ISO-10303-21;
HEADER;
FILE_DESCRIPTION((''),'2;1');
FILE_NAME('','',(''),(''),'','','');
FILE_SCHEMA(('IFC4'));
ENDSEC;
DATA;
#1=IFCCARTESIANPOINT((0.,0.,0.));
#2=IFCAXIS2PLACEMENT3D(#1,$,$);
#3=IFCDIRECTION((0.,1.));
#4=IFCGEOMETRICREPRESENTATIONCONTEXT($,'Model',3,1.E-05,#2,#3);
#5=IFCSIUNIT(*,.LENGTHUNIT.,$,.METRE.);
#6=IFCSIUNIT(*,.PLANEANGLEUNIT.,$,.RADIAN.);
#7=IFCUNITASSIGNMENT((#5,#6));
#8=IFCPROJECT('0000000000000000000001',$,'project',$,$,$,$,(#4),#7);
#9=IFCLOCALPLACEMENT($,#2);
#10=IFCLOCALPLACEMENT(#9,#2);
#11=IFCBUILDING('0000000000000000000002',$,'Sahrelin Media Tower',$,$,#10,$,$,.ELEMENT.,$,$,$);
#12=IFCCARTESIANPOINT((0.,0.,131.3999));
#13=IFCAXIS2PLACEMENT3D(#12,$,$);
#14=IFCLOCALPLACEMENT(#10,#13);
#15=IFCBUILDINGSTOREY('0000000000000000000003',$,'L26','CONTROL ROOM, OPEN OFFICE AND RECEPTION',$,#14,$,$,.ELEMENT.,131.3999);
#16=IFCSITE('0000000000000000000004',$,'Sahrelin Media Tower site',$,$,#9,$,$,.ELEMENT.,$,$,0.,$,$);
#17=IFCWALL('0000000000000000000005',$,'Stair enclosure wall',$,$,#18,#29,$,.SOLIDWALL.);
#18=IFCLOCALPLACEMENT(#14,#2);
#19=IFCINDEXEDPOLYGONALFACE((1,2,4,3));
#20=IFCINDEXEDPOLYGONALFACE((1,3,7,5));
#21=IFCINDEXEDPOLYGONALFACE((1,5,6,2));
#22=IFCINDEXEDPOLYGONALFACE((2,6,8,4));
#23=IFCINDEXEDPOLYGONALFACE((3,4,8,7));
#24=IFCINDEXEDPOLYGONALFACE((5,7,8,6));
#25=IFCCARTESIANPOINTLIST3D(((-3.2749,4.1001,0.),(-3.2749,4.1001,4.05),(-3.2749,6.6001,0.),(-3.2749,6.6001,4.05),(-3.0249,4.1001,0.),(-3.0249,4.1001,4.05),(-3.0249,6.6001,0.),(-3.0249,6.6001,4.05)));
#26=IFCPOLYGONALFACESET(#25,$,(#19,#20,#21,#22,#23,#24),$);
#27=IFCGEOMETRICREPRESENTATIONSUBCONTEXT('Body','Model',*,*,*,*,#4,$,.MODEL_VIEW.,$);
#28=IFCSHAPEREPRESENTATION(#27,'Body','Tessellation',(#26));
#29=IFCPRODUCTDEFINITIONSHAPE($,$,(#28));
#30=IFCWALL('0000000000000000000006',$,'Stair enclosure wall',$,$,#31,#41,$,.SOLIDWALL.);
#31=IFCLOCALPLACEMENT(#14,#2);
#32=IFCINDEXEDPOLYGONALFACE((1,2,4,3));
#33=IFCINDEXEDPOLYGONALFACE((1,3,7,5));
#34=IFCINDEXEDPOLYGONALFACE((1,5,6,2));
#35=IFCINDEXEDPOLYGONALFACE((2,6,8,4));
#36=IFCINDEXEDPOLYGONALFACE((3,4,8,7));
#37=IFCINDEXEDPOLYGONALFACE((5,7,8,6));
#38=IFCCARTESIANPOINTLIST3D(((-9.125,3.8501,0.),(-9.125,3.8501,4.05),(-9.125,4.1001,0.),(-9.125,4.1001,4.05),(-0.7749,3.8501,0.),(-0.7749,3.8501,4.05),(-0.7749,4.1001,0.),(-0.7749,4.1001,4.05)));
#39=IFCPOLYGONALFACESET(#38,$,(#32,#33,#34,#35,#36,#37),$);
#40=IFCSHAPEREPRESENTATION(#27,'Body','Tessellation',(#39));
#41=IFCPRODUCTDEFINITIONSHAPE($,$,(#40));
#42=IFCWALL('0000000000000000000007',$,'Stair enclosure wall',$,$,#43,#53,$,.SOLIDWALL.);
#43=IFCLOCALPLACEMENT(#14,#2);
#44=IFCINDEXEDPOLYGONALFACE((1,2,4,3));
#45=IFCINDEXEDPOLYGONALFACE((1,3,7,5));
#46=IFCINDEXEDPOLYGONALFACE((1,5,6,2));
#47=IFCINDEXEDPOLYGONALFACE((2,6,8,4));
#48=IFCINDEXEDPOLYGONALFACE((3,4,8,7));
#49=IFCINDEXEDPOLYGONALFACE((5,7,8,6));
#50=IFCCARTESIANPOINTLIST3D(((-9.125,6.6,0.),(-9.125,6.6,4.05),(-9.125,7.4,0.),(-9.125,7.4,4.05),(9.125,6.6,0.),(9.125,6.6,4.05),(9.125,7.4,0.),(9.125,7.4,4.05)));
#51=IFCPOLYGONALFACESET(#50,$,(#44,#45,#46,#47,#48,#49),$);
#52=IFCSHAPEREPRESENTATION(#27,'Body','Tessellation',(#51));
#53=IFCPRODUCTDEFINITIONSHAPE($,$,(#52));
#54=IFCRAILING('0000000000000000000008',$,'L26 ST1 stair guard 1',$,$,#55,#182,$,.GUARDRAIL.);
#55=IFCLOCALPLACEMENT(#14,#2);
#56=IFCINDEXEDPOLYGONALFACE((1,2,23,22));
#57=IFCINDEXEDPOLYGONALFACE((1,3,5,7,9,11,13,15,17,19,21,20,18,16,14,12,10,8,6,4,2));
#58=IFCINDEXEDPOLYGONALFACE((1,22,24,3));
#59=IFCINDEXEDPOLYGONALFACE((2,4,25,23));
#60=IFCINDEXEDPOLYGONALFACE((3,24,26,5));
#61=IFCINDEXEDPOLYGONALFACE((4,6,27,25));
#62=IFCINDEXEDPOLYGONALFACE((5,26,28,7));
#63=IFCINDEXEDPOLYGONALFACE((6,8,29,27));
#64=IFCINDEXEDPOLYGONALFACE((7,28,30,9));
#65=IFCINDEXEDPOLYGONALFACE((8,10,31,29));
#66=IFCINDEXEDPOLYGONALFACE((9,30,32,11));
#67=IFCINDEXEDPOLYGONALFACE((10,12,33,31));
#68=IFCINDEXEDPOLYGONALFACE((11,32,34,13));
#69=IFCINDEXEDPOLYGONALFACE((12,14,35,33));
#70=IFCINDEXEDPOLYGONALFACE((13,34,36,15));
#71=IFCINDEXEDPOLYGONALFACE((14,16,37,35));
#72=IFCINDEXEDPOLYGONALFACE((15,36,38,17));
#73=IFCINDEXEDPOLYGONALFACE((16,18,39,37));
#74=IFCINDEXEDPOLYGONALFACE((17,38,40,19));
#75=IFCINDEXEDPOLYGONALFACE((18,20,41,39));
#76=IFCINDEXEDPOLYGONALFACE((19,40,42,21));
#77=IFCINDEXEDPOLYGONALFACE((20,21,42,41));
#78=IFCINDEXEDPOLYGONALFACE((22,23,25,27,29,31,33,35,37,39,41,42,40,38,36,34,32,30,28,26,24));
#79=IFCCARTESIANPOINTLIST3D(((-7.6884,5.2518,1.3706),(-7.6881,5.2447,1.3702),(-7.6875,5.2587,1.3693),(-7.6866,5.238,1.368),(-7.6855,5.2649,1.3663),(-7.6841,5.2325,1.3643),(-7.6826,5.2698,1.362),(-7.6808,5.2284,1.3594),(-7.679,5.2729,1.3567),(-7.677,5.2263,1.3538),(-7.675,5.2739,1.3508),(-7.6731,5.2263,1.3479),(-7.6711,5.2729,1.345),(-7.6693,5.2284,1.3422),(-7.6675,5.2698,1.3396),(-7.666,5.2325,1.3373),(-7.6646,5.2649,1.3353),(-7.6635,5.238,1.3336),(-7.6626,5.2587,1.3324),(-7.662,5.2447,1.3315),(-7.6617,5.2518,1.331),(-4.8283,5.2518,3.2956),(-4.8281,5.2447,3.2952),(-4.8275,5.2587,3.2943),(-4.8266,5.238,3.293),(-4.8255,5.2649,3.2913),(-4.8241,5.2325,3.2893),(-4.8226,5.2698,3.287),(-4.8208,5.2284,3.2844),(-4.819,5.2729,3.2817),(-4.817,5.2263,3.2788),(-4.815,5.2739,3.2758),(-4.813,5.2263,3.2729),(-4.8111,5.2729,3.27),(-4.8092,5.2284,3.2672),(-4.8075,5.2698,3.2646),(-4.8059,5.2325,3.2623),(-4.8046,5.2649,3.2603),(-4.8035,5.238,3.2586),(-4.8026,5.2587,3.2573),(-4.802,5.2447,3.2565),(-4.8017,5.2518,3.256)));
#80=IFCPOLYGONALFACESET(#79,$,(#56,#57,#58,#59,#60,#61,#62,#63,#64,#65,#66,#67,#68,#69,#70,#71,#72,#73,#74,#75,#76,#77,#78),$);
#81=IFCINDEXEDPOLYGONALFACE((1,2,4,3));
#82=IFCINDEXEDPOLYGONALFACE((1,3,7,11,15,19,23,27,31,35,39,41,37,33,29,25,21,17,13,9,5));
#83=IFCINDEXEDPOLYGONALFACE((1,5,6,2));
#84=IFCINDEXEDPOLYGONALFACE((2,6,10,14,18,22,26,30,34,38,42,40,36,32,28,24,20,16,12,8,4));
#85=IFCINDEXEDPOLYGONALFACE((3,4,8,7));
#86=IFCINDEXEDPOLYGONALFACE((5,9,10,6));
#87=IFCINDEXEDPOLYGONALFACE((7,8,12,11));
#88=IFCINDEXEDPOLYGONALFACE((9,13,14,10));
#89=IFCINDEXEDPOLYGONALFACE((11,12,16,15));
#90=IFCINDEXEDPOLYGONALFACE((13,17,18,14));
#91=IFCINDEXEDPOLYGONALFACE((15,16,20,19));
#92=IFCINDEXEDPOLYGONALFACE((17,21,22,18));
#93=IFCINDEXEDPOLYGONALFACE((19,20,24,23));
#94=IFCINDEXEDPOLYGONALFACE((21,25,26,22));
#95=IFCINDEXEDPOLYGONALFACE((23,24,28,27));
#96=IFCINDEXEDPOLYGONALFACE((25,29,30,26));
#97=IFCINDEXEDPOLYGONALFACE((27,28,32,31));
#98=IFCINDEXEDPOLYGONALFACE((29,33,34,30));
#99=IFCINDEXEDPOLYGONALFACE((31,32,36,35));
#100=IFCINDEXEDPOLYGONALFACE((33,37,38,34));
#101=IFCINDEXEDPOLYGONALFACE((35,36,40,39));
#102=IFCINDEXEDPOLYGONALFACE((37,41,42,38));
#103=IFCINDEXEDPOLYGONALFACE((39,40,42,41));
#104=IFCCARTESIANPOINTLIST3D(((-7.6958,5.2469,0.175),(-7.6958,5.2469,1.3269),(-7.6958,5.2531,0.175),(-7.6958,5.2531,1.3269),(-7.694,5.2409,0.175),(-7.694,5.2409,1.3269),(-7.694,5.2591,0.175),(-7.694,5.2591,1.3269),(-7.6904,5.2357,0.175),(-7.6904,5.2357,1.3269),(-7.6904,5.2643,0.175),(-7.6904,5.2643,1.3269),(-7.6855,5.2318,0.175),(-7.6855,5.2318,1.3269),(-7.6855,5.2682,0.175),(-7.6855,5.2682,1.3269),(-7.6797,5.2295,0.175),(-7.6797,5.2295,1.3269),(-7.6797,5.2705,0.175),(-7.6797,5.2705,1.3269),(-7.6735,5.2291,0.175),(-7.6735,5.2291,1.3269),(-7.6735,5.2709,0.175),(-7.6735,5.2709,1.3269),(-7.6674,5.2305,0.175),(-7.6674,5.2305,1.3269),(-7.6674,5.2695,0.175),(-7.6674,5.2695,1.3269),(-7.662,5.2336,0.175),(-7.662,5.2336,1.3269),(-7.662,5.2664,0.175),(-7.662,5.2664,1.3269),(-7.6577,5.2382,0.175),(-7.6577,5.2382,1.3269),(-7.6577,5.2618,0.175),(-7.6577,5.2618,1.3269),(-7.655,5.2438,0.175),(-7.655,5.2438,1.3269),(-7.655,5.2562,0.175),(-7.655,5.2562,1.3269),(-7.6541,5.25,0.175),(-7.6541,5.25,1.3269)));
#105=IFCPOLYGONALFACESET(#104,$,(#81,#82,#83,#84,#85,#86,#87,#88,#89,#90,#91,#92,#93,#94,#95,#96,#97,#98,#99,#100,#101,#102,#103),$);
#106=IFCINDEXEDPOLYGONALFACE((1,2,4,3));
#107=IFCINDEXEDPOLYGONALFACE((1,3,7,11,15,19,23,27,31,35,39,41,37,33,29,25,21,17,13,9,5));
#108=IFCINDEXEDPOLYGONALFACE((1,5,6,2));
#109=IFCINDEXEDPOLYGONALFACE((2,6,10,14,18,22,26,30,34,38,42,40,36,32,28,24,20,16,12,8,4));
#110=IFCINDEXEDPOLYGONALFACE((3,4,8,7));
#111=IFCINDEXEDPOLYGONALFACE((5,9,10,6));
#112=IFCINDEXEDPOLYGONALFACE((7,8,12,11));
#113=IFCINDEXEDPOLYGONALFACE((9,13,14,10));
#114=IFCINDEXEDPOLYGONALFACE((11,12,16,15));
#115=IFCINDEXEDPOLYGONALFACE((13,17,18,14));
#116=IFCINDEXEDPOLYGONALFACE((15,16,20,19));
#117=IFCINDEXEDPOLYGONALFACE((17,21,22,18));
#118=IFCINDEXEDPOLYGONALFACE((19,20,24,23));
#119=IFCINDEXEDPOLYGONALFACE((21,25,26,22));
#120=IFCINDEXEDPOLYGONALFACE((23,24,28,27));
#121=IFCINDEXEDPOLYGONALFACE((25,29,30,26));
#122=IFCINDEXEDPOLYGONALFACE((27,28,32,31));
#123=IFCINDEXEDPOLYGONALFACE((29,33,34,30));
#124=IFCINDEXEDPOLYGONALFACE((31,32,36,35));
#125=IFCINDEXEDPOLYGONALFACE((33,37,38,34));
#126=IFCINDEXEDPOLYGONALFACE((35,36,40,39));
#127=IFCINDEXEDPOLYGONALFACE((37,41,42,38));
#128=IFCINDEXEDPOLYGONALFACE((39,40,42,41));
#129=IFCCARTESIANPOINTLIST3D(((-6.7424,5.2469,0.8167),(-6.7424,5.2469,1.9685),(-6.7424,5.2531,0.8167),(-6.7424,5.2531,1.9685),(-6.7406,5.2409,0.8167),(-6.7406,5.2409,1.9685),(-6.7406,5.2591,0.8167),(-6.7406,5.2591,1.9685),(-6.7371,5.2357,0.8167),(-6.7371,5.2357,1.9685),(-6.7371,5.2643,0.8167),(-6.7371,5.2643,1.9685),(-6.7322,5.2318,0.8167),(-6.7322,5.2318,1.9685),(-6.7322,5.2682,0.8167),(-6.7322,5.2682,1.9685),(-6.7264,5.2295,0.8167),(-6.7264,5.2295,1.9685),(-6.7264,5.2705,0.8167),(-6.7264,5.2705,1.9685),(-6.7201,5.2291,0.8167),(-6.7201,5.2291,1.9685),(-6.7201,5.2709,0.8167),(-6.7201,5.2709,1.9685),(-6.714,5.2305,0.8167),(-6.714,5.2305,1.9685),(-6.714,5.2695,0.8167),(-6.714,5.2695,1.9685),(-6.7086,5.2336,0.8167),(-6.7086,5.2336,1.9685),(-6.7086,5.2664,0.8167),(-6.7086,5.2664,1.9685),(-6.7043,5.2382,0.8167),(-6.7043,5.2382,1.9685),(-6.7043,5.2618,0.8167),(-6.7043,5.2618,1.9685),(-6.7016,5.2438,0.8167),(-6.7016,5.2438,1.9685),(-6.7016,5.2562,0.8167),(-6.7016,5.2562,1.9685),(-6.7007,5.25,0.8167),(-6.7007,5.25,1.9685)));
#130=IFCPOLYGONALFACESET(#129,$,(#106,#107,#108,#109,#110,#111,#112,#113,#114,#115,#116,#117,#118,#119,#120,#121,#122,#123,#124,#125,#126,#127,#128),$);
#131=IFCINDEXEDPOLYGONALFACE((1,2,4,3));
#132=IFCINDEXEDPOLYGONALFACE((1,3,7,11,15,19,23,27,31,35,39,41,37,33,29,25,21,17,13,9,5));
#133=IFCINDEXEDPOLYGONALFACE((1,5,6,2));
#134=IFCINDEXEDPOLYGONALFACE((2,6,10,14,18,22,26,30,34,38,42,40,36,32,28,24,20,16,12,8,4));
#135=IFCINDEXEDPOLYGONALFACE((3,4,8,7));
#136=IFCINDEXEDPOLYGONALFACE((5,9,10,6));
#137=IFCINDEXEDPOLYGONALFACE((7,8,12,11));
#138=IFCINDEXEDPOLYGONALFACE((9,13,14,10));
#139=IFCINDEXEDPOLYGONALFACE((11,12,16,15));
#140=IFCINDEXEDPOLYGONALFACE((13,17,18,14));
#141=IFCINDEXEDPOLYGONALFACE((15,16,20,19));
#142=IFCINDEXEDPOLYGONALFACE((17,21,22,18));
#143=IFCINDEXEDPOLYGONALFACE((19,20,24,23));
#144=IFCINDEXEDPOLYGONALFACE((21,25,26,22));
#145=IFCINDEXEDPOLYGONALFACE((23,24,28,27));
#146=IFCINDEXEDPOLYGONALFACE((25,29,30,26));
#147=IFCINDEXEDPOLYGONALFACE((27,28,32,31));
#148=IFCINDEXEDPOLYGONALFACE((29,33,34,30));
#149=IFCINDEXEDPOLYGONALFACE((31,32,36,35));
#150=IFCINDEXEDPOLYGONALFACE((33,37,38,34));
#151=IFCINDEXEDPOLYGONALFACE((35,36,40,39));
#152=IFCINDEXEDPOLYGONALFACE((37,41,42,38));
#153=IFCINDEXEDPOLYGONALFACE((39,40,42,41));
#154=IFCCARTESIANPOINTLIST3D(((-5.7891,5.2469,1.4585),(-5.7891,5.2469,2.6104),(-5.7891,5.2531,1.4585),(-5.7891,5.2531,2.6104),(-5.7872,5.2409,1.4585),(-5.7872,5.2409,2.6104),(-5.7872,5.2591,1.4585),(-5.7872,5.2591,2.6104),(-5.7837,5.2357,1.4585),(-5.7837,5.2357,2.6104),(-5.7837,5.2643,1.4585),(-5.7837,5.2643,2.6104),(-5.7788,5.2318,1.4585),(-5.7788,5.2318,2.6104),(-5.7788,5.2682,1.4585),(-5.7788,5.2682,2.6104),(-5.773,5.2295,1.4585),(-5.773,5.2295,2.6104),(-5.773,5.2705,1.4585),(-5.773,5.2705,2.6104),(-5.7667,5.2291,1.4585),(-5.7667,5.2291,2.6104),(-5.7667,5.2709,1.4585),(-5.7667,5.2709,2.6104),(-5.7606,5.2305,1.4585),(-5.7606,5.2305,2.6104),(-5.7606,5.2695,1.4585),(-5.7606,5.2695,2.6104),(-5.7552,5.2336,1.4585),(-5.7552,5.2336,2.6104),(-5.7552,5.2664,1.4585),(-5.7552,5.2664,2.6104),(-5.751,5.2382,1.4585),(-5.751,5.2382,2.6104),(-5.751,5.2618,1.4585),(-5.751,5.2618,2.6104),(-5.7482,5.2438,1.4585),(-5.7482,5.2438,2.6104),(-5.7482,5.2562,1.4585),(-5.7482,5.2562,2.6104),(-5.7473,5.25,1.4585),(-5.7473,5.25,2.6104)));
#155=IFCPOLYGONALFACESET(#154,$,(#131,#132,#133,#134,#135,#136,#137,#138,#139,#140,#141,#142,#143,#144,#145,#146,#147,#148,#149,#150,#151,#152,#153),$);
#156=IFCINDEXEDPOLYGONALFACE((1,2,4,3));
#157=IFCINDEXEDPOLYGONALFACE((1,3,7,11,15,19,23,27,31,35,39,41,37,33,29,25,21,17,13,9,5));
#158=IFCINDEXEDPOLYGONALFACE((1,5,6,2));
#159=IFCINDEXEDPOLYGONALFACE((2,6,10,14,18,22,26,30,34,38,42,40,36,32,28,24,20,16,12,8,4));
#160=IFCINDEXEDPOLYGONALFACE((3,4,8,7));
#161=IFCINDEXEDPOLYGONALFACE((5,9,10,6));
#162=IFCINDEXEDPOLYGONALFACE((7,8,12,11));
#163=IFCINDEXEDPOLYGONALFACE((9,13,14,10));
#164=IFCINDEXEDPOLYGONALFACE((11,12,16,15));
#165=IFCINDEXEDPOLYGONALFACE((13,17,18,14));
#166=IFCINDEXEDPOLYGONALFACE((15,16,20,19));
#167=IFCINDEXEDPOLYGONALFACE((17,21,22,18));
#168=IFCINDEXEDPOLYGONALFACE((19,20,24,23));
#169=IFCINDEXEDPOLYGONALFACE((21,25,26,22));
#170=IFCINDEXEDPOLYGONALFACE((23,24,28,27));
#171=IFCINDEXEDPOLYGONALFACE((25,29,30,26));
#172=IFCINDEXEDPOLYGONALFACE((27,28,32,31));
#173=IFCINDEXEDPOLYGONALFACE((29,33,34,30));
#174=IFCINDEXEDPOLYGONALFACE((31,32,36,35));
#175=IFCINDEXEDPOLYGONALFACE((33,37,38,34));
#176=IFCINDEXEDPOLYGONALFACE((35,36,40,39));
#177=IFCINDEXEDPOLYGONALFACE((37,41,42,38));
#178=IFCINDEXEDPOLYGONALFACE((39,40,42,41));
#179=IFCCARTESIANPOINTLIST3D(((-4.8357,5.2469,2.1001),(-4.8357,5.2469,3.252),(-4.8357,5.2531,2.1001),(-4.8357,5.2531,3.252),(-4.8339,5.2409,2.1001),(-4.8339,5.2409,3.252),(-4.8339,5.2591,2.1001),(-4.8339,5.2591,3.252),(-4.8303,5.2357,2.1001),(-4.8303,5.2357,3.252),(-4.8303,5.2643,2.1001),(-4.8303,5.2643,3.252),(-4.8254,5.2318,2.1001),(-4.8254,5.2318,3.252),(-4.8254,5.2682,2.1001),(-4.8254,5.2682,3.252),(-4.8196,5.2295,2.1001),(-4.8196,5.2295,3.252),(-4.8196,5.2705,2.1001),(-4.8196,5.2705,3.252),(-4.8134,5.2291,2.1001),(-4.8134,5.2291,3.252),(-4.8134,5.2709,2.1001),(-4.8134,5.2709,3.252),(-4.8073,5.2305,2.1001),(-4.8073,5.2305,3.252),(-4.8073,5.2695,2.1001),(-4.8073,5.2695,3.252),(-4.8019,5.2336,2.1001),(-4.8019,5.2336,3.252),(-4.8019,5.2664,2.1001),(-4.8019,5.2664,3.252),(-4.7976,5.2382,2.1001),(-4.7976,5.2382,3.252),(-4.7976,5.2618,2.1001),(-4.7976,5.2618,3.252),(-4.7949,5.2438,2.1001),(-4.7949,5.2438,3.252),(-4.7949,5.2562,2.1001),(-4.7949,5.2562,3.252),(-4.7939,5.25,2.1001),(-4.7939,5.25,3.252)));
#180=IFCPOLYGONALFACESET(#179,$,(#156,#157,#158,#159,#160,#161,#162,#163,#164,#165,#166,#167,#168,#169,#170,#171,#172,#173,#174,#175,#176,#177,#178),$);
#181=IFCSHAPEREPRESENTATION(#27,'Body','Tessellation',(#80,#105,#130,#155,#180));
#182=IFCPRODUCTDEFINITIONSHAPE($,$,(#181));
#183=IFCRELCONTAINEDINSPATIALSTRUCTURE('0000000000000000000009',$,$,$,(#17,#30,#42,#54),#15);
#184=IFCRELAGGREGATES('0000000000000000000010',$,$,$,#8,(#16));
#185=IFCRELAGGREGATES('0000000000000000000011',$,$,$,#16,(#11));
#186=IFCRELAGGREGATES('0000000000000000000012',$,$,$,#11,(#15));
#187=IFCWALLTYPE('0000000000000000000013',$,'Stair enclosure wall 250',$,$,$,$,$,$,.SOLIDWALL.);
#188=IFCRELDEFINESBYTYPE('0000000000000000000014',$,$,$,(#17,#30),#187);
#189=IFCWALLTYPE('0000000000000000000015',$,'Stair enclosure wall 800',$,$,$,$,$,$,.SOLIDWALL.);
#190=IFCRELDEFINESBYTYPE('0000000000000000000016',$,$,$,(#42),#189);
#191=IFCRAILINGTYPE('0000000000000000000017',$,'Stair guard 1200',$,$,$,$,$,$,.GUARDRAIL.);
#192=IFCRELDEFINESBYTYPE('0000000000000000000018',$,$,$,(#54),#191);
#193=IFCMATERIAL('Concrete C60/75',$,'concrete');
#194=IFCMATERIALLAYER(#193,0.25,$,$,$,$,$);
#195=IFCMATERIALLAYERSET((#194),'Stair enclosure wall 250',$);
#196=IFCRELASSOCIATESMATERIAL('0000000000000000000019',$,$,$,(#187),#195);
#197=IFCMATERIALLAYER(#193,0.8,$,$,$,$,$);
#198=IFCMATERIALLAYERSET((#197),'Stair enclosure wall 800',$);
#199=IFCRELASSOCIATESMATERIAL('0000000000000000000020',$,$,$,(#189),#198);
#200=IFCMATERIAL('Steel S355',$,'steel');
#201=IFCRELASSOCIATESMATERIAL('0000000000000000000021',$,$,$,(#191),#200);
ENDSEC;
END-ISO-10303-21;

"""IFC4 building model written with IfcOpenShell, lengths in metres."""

from ifc_helpers import new_model, si_unit, direction, frame, frame_2d, origin, origin_2d, place, context, subcontext, project, spatial, rectangle, circle, extrude, material, layer, layer_set, type_object, element, save


model = new_model("IFC4")

# Units and contexts
model_context = context("Model", 3, precision=1e-05, world=origin(), true_north=direction((0.0, 1.0)))
body_context = subcontext(model_context, "Body", "Model", "MODEL_VIEW")
ifc_project = project(units=[si_unit("LENGTHUNIT", "METRE"), si_unit("PLANEANGLEUNIT", "RADIAN")], contexts=[model_context])

# Site, building, storey
site_placement = place(None, origin())
site = spatial("IfcSite", under=ifc_project, at=site_placement, Name="Sahrelin Media Tower site", CompositionType="ELEMENT", RefElevation=0.0)
building_placement = place(site_placement, origin())
building = spatial("IfcBuilding", under=site, at=building_placement, Name="Sahrelin Media Tower", CompositionType="ELEMENT")
storey_placement = place(building_placement, frame((0.0, 0.0, 131.3999)))
storey = spatial("IfcBuildingStorey", under=building, at=storey_placement, Name="L26", Description="CONTROL ROOM, OPEN OFFICE AND RECEPTION", CompositionType="ELEMENT", Elevation=131.3999)

# Shared definitions
ifc_material_1 = material(Name="Steel S355", Category="steel")

# Shared definitions
ifc_material_2 = material(Name="Concrete C60/75", Category="concrete")

# Shared definitions
ifc_layer_1 = layer(ifc_material_2, 0.25)
ifc_layer_set_1 = layer_set([ifc_layer_1], Name="Stair enclosure wall 250")
wall_type_1 = type_object("IfcWallType", Name="Stair enclosure wall 250", PredefinedType="SOLIDWALL", material=ifc_layer_set_1)

# Walls
wall_1_placement = place(storey_placement, frame((-3.1499, 4.1001, 0.0), z_axis=(0.0, 0.0, 1.0), x_axis=(0.0, 1.0, 0.0)))
element("IfcWall", 1, at=wall_1_placement, inside=storey, type_object=wall_type_1, Name="Stair enclosure wall", PredefinedType="SOLIDWALL", context=body_context, shape_type="SweptSolid", body=[
    extrude(rectangle(XDim=2.5, YDim=0.25, at=frame_2d((1.25, 0.0))), origin(), (0.0, 0.0, 1.0), 4.05),
])
wall_2_placement = place(storey_placement, frame((-9.125, 3.9751, 0.0), z_axis=(0.0, 0.0, 1.0), x_axis=(1.0, 0.0, 0.0)))
element("IfcWall", 2, at=wall_2_placement, inside=storey, type_object=wall_type_1, Name="Stair enclosure wall", PredefinedType="SOLIDWALL", context=body_context, shape_type="SweptSolid", body=[
    extrude(rectangle(XDim=8.3501, YDim=0.25, at=frame_2d((4.175, 0.0))), origin(), (0.0, 0.0, 1.0), 4.05),
])
ifc_layer_2 = layer(ifc_material_2, 0.8)
ifc_layer_set_2 = layer_set([ifc_layer_2], Name="Stair enclosure wall 800")
wall_type_2 = type_object("IfcWallType", Name="Stair enclosure wall 800", PredefinedType="SOLIDWALL", material=ifc_layer_set_2)
wall_3_placement = place(storey_placement, frame((-9.125, 7.0, 0.0), z_axis=(0.0, 0.0, 1.0), x_axis=(1.0, 0.0, 0.0)))
element("IfcWall", 3, at=wall_3_placement, inside=storey, type_object=wall_type_2, Name="Stair enclosure wall", PredefinedType="SOLIDWALL", context=body_context, shape_type="SweptSolid", body=[
    extrude(rectangle(XDim=18.25, YDim=0.8, at=frame_2d((9.125, 0.0))), origin(), (0.0, 0.0, 1.0), 4.05),
])

# Railing
railing_type_1 = type_object("IfcRailingType", Name="Stair guard 1200", PredefinedType="GUARDRAIL", material=ifc_material_1)
railing_1_placement = place(storey_placement, frame((-7.675, 5.25, 0.175)))
element("IfcRailing", 4, at=railing_1_placement, inside=storey, type_object=railing_type_1, Name="L26 ST1 stair guard 1", PredefinedType="GUARDRAIL", context=body_context, shape_type="SweptSolid", body=[
    extrude(circle(Radius=0.0239, at=origin_2d()), frame((0.0, 0.0, 1.1758), z_axis=(0.829591, 0.0, 0.558372), x_axis=(0.0, 1.0, 0.0)), (0.0, 0.0, 1.0), 3.4475),
    extrude(circle(Radius=0.021, at=origin_2d()), origin(), (0.0, 0.0, 1.0), 1.1519),
    extrude(circle(Radius=0.021, at=origin_2d()), frame((0.9534, 0.0, 0.6416)), (0.0, 0.0, 1.0), 1.1519),
    extrude(circle(Radius=0.021, at=origin_2d()), frame((1.9067, 0.0, 1.2834)), (0.0, 0.0, 1.0), 1.1519),
    extrude(circle(Radius=0.021, at=origin_2d()), frame((2.8601, 0.0, 1.925)), (0.0, 0.0, 1.0), 1.1519),
])

save(model, "model.ifc")
